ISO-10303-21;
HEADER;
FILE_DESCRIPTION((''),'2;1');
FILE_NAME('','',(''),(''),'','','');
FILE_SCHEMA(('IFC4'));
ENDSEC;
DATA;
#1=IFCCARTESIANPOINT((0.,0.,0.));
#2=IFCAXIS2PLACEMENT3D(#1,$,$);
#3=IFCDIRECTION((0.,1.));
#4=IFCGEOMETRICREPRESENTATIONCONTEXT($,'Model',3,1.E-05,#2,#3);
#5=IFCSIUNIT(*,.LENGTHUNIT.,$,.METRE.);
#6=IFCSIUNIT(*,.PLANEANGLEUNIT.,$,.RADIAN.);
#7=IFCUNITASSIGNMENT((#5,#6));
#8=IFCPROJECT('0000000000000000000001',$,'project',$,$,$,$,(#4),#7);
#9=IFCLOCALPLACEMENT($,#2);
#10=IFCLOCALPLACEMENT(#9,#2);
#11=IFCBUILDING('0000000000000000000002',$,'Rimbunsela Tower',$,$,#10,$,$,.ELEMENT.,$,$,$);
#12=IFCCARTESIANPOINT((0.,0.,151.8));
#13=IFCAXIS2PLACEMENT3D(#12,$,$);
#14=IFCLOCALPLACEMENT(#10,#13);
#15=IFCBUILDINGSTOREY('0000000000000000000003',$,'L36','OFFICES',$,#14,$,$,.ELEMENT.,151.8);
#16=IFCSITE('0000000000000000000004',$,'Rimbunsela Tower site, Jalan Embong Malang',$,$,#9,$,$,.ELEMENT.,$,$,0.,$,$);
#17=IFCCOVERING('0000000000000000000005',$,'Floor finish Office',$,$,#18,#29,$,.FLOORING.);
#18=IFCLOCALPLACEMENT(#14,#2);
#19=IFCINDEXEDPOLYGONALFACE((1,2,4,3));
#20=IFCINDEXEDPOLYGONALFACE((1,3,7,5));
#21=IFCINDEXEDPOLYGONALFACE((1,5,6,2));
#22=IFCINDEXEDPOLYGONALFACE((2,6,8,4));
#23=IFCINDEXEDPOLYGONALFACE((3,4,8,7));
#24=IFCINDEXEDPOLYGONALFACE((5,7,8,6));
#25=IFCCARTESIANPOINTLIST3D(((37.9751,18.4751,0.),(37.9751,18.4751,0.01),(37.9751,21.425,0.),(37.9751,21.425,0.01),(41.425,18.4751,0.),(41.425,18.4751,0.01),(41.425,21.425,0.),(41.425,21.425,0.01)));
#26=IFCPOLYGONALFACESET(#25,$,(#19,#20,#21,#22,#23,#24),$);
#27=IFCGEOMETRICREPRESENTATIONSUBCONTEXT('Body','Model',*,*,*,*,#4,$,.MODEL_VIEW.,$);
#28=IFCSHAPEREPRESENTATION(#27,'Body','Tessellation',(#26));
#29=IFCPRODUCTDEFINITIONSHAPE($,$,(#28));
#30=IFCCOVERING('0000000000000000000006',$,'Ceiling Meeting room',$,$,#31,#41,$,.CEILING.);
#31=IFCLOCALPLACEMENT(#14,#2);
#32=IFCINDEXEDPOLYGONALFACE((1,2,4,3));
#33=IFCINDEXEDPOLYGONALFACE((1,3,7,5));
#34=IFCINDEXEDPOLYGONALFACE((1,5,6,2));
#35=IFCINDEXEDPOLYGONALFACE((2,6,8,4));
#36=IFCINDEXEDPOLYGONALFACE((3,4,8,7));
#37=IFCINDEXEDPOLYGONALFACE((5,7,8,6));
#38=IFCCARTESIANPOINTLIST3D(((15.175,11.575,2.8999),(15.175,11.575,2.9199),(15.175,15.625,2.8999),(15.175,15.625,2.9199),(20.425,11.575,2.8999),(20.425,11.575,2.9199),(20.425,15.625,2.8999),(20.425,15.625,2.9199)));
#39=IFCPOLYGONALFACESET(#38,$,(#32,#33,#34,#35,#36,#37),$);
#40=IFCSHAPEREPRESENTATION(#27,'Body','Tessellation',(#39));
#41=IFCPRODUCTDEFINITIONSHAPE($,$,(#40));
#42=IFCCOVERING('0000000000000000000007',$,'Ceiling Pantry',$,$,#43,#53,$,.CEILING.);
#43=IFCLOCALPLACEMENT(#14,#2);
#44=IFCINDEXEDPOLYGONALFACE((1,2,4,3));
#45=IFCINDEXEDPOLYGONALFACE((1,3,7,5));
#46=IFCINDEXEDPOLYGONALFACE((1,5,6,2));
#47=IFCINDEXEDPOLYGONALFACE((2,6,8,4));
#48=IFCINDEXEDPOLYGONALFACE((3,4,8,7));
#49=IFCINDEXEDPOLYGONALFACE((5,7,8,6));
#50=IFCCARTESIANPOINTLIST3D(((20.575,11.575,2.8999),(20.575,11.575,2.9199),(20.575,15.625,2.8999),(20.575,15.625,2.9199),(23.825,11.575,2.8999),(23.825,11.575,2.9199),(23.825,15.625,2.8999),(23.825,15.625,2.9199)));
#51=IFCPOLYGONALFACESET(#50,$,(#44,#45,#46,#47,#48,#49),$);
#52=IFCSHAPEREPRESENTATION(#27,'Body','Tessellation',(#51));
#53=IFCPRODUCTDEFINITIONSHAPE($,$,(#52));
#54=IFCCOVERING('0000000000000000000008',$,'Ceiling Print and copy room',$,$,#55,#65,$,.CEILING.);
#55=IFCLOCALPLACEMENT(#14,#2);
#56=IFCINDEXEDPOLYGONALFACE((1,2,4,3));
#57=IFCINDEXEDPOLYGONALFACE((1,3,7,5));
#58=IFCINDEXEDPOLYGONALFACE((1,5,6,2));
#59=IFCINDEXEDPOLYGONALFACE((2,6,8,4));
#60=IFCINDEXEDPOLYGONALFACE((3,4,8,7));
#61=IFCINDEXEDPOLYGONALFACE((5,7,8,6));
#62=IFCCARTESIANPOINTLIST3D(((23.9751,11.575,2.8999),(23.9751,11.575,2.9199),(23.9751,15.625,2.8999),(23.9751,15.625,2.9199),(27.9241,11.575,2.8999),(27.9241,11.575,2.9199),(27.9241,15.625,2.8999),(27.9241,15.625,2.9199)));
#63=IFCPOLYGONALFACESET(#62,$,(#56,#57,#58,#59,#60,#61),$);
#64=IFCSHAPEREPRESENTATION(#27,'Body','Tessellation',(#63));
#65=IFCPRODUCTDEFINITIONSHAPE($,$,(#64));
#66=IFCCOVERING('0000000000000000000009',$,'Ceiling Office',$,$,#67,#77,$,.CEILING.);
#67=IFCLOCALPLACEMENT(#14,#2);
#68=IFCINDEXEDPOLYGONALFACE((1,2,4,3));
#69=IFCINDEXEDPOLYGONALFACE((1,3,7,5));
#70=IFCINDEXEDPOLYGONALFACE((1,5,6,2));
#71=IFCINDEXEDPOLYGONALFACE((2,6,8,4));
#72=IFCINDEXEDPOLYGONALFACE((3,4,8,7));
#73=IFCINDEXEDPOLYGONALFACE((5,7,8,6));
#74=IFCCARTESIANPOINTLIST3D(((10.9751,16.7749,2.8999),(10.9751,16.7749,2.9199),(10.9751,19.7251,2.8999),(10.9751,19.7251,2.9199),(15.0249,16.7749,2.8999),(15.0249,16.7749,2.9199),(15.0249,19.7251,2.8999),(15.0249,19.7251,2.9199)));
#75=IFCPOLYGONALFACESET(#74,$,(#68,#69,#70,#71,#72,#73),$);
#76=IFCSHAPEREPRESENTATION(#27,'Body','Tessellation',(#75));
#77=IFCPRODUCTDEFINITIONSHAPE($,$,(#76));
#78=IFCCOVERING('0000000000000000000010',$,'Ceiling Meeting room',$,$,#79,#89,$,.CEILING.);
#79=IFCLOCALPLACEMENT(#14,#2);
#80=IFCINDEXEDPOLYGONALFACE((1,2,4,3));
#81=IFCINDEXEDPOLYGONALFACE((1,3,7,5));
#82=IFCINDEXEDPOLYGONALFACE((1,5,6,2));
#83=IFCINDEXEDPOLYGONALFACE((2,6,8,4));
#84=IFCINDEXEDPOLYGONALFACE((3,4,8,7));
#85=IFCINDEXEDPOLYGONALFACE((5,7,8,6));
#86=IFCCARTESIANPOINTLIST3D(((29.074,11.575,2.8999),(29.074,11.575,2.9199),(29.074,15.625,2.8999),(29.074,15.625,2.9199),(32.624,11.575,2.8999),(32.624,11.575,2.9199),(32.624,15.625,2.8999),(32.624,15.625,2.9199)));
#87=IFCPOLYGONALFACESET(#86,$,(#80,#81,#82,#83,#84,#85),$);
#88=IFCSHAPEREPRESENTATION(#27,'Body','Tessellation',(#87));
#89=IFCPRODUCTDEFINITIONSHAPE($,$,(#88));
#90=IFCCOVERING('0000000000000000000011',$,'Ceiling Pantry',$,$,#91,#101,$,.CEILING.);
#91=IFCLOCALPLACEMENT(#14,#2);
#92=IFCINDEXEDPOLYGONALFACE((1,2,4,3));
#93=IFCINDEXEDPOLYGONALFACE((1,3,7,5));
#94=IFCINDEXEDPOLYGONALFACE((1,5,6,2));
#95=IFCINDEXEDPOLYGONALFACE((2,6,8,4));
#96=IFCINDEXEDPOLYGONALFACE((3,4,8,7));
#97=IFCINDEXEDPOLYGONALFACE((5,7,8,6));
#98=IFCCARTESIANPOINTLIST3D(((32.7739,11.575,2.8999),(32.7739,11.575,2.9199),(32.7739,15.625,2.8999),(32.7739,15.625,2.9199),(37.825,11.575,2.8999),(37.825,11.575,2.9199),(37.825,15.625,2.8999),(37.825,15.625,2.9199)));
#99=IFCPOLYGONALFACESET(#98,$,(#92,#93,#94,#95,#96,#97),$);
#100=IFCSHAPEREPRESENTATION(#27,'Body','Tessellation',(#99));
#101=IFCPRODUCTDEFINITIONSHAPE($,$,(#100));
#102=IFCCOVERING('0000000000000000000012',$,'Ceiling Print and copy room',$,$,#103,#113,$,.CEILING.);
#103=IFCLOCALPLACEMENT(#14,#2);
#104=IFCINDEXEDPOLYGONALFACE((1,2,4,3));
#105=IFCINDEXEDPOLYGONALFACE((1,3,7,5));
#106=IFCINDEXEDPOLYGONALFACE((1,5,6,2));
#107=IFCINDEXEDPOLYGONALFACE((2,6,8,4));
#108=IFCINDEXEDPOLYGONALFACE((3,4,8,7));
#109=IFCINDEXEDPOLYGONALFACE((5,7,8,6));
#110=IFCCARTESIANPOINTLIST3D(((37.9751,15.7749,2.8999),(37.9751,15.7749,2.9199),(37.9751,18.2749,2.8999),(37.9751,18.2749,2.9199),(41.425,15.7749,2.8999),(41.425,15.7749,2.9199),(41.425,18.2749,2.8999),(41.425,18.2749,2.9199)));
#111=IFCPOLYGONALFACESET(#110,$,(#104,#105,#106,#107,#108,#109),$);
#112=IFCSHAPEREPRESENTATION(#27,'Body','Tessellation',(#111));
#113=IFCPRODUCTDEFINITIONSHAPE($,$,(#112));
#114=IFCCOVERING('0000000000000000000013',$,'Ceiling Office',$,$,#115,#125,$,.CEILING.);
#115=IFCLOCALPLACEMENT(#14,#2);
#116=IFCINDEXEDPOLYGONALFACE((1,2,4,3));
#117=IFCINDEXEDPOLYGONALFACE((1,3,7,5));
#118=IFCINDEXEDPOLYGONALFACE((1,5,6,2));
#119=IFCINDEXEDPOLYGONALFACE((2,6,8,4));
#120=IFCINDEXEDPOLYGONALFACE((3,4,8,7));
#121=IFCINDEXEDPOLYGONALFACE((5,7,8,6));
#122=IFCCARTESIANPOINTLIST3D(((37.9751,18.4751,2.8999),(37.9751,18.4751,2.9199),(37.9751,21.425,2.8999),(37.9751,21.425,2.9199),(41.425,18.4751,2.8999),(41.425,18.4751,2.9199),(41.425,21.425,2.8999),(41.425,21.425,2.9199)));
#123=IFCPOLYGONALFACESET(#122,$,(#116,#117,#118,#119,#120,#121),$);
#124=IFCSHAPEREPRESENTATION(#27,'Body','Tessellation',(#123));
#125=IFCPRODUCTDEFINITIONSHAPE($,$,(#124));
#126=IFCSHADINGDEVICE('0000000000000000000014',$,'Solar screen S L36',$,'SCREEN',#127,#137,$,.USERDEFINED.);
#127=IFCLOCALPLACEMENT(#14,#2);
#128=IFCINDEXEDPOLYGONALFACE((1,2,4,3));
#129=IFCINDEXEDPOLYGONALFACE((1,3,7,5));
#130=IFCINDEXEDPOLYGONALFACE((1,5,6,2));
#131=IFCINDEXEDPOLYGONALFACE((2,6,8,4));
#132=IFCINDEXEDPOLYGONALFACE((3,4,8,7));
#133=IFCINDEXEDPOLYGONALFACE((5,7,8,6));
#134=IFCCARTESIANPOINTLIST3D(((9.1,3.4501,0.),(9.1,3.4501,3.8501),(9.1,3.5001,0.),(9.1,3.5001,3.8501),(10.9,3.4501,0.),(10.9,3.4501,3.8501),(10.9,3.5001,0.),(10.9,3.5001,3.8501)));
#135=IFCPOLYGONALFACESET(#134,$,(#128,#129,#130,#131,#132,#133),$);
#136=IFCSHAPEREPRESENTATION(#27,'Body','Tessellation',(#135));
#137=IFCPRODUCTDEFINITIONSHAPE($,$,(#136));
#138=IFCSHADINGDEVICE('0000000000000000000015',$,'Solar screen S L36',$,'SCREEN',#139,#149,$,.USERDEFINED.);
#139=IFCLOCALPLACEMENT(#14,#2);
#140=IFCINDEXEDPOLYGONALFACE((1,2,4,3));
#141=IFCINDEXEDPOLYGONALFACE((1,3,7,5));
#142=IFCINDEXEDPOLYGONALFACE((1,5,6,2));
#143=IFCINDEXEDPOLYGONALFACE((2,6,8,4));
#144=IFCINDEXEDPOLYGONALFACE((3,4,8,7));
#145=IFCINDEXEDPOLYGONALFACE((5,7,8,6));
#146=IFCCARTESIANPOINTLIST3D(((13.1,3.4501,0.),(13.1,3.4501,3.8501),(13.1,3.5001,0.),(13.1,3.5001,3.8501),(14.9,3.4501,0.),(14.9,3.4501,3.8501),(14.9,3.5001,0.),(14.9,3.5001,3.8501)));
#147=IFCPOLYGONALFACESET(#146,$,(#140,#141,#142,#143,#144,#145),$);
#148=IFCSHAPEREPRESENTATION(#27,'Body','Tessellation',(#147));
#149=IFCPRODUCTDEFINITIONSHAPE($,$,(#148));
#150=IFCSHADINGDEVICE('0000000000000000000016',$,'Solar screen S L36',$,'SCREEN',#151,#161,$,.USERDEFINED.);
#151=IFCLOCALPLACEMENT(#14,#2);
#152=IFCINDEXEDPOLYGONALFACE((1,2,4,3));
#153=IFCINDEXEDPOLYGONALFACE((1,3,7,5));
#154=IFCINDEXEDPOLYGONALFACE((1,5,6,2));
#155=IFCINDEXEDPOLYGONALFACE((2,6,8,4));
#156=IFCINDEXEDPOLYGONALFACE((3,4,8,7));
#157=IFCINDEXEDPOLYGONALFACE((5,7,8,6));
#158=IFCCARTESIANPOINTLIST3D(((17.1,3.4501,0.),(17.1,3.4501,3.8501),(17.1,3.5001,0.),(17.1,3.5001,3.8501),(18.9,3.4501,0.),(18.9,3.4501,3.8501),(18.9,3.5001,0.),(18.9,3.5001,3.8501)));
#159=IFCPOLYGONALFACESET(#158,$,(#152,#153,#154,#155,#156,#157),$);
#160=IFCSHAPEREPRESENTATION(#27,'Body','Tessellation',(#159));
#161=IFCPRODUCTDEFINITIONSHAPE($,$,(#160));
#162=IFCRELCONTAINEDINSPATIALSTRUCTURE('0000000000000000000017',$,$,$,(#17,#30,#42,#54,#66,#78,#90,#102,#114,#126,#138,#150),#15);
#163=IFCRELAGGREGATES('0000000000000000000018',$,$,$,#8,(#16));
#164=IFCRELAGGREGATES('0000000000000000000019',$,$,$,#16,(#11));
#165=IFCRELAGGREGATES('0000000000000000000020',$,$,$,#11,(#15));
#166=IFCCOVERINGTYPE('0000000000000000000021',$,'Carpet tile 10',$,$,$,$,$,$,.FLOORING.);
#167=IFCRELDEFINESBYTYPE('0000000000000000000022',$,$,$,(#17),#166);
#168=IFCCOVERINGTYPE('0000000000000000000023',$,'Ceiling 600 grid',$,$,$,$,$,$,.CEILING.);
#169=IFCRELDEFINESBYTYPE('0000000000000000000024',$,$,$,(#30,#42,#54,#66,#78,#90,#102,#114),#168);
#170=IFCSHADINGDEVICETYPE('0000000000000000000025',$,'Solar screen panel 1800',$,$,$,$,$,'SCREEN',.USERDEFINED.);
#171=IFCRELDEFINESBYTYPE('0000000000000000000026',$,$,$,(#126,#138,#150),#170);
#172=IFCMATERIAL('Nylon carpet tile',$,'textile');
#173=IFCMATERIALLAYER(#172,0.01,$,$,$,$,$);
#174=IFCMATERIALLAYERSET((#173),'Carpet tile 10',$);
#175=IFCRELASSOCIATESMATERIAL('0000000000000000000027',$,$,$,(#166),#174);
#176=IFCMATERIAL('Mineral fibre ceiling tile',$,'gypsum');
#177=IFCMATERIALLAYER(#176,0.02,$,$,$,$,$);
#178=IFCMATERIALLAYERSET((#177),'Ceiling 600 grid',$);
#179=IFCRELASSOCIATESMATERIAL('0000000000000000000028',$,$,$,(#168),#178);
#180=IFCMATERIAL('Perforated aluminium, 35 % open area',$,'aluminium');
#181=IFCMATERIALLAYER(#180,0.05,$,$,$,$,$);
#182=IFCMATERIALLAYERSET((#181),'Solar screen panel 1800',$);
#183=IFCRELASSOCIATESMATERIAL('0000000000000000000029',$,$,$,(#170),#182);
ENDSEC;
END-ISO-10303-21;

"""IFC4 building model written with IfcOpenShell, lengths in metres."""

from ifc_helpers import new_model, si_unit, direction, frame, origin, origin_2d, place, context, subcontext, project, spatial, polyline, rectangle, outline, extrude, material, layer, layer_set, type_object, element, save


model = new_model("IFC4")

# Units and contexts
model_context = context("Model", 3, precision=1e-05, world=origin(), true_north=direction((0.0, 1.0)))
body_context = subcontext(model_context, "Body", "Model", "MODEL_VIEW")
ifc_project = project(units=[si_unit("LENGTHUNIT", "METRE"), si_unit("PLANEANGLEUNIT", "RADIAN")], contexts=[model_context])

# Site, building, storey
site_placement = place(None, origin())
site = spatial("IfcSite", under=ifc_project, at=site_placement, Name="Rimbunsela Tower site, Jalan Embong Malang", CompositionType="ELEMENT", RefElevation=0.0)
building_placement = place(site_placement, origin())
building = spatial("IfcBuilding", under=site, at=building_placement, Name="Rimbunsela Tower", CompositionType="ELEMENT")
storey_placement = place(building_placement, frame((0.0, 0.0, 151.8)))
storey = spatial("IfcBuildingStorey", under=building, at=storey_placement, Name="L36", Description="OFFICES", CompositionType="ELEMENT", Elevation=151.8)

# Coverings
ifc_material_1 = material(Name="Nylon carpet tile", Category="textile")
ifc_layer_1 = layer(ifc_material_1, 0.01)
ifc_layer_set_1 = layer_set([ifc_layer_1], Name="Carpet tile 10")
covering_type_1 = type_object("IfcCoveringType", Name="Carpet tile 10", PredefinedType="FLOORING", material=ifc_layer_set_1)
covering_1_placement = place(storey_placement, origin())
element("IfcCovering", 1, at=covering_1_placement, inside=storey, type_object=covering_type_1, Name="Floor finish Office", PredefinedType="FLOORING", context=body_context, shape_type="SweptSolid", body=[
    extrude(outline(polyline([(41.425, 18.4751), (41.425, 21.425), (37.9751, 21.425), (37.9751, 18.4751), (41.425, 18.4751)])), origin(), (0.0, 0.0, 1.0), 0.01),
])
ifc_material_2 = material(Name="Mineral fibre ceiling tile", Category="gypsum")
ifc_layer_2 = layer(ifc_material_2, 0.02)
ifc_layer_set_2 = layer_set([ifc_layer_2], Name="Ceiling 600 grid")
covering_type_2 = type_object("IfcCoveringType", Name="Ceiling 600 grid", PredefinedType="CEILING", material=ifc_layer_set_2)
covering_2_placement = place(storey_placement, frame((0.0, 0.0, 2.8999)))
element("IfcCovering", 2, at=covering_2_placement, inside=storey, type_object=covering_type_2, Name="Ceiling Meeting room", PredefinedType="CEILING", context=body_context, shape_type="SweptSolid", body=[
    extrude(outline(polyline([(20.425, 11.575), (20.425, 15.625), (15.175, 15.625), (15.175, 11.575), (20.425, 11.575)])), origin(), (0.0, 0.0, 1.0), 0.02),
])
covering_3_placement = place(storey_placement, frame((0.0, 0.0, 2.8999)))
element("IfcCovering", 3, at=covering_3_placement, inside=storey, type_object=covering_type_2, Name="Ceiling Pantry", PredefinedType="CEILING", context=body_context, shape_type="SweptSolid", body=[
    extrude(outline(polyline([(23.825, 11.575), (23.825, 15.625), (20.575, 15.625), (20.575, 11.575), (23.825, 11.575)])), origin(), (0.0, 0.0, 1.0), 0.02),
])
covering_4_placement = place(storey_placement, frame((0.0, 0.0, 2.8999)))
element("IfcCovering", 4, at=covering_4_placement, inside=storey, type_object=covering_type_2, Name="Ceiling Print and copy room", PredefinedType="CEILING", context=body_context, shape_type="SweptSolid", body=[
    extrude(outline(polyline([(27.9241, 11.575), (27.9241, 15.625), (23.9751, 15.625), (23.9751, 11.575), (27.9241, 11.575)])), origin(), (0.0, 0.0, 1.0), 0.02),
])
covering_5_placement = place(storey_placement, frame((0.0, 0.0, 2.8999)))
element("IfcCovering", 5, at=covering_5_placement, inside=storey, type_object=covering_type_2, Name="Ceiling Office", PredefinedType="CEILING", context=body_context, shape_type="SweptSolid", body=[
    extrude(outline(polyline([(15.0249, 16.7749), (15.0249, 19.7251), (10.9751, 19.7251), (10.9751, 16.7749), (15.0249, 16.7749)])), origin(), (0.0, 0.0, 1.0), 0.02),
])
covering_6_placement = place(storey_placement, frame((0.0, 0.0, 2.8999)))
element("IfcCovering", 6, at=covering_6_placement, inside=storey, type_object=covering_type_2, Name="Ceiling Meeting room", PredefinedType="CEILING", context=body_context, shape_type="SweptSolid", body=[
    extrude(outline(polyline([(32.624, 11.575), (32.624, 15.625), (29.074, 15.625), (29.074, 11.575), (32.624, 11.575)])), origin(), (0.0, 0.0, 1.0), 0.02),
])
covering_7_placement = place(storey_placement, frame((0.0, 0.0, 2.8999)))
element("IfcCovering", 7, at=covering_7_placement, inside=storey, type_object=covering_type_2, Name="Ceiling Pantry", PredefinedType="CEILING", context=body_context, shape_type="SweptSolid", body=[
    extrude(outline(polyline([(37.825, 11.575), (37.825, 15.625), (32.7739, 15.625), (32.7739, 11.575), (37.825, 11.575)])), origin(), (0.0, 0.0, 1.0), 0.02),
])
covering_8_placement = place(storey_placement, frame((0.0, 0.0, 2.8999)))
element("IfcCovering", 8, at=covering_8_placement, inside=storey, type_object=covering_type_2, Name="Ceiling Print and copy room", PredefinedType="CEILING", context=body_context, shape_type="SweptSolid", body=[
    extrude(outline(polyline([(41.425, 15.7749), (41.425, 18.2749), (37.9751, 18.2749), (37.9751, 15.7749), (41.425, 15.7749)])), origin(), (0.0, 0.0, 1.0), 0.02),
])
covering_9_placement = place(storey_placement, frame((0.0, 0.0, 2.8999)))
element("IfcCovering", 9, at=covering_9_placement, inside=storey, type_object=covering_type_2, Name="Ceiling Office", PredefinedType="CEILING", context=body_context, shape_type="SweptSolid", body=[
    extrude(outline(polyline([(41.425, 18.4751), (41.425, 21.425), (37.9751, 21.425), (37.9751, 18.4751), (41.425, 18.4751)])), origin(), (0.0, 0.0, 1.0), 0.02),
])

# Shading devices
ifc_material_3 = material(Name="Perforated aluminium, 35 % open area", Category="aluminium")
ifc_layer_3 = layer(ifc_material_3, 0.05)
ifc_layer_set_3 = layer_set([ifc_layer_3], Name="Solar screen panel 1800")
shading_device_type = type_object("IfcShadingDeviceType", Name="Solar screen panel 1800", ElementType="SCREEN", PredefinedType="USERDEFINED", material=ifc_layer_set_3)
for number, where, z_axis, x_axis, name in (
    (10, (10.0, 3.4751, 0.0), (0.0, 0.0, 1.0), (1.0, 0.0, 0.0), "Solar screen S L36"),
    (11, (14.0, 3.4751, 0.0), (0.0, 0.0, 1.0), (1.0, 0.0, 0.0), "Solar screen S L36"),
    (12, (18.0, 3.4751, 0.0), (0.0, 0.0, 1.0), (1.0, 0.0, 0.0), "Solar screen S L36"),
):
    element("IfcShadingDevice", number, at=place(storey_placement, frame(where, z_axis=z_axis, x_axis=x_axis)), inside=storey, type_object=shading_device_type, Name=name, ObjectType="SCREEN", PredefinedType="USERDEFINED", context=body_context, shape_type="SweptSolid", body=[
        extrude(rectangle(XDim=1.8, YDim=0.05, at=origin_2d()), origin(), (0.0, 0.0, 1.0), 3.8501),
    ])

save(model, "model.ifc")
